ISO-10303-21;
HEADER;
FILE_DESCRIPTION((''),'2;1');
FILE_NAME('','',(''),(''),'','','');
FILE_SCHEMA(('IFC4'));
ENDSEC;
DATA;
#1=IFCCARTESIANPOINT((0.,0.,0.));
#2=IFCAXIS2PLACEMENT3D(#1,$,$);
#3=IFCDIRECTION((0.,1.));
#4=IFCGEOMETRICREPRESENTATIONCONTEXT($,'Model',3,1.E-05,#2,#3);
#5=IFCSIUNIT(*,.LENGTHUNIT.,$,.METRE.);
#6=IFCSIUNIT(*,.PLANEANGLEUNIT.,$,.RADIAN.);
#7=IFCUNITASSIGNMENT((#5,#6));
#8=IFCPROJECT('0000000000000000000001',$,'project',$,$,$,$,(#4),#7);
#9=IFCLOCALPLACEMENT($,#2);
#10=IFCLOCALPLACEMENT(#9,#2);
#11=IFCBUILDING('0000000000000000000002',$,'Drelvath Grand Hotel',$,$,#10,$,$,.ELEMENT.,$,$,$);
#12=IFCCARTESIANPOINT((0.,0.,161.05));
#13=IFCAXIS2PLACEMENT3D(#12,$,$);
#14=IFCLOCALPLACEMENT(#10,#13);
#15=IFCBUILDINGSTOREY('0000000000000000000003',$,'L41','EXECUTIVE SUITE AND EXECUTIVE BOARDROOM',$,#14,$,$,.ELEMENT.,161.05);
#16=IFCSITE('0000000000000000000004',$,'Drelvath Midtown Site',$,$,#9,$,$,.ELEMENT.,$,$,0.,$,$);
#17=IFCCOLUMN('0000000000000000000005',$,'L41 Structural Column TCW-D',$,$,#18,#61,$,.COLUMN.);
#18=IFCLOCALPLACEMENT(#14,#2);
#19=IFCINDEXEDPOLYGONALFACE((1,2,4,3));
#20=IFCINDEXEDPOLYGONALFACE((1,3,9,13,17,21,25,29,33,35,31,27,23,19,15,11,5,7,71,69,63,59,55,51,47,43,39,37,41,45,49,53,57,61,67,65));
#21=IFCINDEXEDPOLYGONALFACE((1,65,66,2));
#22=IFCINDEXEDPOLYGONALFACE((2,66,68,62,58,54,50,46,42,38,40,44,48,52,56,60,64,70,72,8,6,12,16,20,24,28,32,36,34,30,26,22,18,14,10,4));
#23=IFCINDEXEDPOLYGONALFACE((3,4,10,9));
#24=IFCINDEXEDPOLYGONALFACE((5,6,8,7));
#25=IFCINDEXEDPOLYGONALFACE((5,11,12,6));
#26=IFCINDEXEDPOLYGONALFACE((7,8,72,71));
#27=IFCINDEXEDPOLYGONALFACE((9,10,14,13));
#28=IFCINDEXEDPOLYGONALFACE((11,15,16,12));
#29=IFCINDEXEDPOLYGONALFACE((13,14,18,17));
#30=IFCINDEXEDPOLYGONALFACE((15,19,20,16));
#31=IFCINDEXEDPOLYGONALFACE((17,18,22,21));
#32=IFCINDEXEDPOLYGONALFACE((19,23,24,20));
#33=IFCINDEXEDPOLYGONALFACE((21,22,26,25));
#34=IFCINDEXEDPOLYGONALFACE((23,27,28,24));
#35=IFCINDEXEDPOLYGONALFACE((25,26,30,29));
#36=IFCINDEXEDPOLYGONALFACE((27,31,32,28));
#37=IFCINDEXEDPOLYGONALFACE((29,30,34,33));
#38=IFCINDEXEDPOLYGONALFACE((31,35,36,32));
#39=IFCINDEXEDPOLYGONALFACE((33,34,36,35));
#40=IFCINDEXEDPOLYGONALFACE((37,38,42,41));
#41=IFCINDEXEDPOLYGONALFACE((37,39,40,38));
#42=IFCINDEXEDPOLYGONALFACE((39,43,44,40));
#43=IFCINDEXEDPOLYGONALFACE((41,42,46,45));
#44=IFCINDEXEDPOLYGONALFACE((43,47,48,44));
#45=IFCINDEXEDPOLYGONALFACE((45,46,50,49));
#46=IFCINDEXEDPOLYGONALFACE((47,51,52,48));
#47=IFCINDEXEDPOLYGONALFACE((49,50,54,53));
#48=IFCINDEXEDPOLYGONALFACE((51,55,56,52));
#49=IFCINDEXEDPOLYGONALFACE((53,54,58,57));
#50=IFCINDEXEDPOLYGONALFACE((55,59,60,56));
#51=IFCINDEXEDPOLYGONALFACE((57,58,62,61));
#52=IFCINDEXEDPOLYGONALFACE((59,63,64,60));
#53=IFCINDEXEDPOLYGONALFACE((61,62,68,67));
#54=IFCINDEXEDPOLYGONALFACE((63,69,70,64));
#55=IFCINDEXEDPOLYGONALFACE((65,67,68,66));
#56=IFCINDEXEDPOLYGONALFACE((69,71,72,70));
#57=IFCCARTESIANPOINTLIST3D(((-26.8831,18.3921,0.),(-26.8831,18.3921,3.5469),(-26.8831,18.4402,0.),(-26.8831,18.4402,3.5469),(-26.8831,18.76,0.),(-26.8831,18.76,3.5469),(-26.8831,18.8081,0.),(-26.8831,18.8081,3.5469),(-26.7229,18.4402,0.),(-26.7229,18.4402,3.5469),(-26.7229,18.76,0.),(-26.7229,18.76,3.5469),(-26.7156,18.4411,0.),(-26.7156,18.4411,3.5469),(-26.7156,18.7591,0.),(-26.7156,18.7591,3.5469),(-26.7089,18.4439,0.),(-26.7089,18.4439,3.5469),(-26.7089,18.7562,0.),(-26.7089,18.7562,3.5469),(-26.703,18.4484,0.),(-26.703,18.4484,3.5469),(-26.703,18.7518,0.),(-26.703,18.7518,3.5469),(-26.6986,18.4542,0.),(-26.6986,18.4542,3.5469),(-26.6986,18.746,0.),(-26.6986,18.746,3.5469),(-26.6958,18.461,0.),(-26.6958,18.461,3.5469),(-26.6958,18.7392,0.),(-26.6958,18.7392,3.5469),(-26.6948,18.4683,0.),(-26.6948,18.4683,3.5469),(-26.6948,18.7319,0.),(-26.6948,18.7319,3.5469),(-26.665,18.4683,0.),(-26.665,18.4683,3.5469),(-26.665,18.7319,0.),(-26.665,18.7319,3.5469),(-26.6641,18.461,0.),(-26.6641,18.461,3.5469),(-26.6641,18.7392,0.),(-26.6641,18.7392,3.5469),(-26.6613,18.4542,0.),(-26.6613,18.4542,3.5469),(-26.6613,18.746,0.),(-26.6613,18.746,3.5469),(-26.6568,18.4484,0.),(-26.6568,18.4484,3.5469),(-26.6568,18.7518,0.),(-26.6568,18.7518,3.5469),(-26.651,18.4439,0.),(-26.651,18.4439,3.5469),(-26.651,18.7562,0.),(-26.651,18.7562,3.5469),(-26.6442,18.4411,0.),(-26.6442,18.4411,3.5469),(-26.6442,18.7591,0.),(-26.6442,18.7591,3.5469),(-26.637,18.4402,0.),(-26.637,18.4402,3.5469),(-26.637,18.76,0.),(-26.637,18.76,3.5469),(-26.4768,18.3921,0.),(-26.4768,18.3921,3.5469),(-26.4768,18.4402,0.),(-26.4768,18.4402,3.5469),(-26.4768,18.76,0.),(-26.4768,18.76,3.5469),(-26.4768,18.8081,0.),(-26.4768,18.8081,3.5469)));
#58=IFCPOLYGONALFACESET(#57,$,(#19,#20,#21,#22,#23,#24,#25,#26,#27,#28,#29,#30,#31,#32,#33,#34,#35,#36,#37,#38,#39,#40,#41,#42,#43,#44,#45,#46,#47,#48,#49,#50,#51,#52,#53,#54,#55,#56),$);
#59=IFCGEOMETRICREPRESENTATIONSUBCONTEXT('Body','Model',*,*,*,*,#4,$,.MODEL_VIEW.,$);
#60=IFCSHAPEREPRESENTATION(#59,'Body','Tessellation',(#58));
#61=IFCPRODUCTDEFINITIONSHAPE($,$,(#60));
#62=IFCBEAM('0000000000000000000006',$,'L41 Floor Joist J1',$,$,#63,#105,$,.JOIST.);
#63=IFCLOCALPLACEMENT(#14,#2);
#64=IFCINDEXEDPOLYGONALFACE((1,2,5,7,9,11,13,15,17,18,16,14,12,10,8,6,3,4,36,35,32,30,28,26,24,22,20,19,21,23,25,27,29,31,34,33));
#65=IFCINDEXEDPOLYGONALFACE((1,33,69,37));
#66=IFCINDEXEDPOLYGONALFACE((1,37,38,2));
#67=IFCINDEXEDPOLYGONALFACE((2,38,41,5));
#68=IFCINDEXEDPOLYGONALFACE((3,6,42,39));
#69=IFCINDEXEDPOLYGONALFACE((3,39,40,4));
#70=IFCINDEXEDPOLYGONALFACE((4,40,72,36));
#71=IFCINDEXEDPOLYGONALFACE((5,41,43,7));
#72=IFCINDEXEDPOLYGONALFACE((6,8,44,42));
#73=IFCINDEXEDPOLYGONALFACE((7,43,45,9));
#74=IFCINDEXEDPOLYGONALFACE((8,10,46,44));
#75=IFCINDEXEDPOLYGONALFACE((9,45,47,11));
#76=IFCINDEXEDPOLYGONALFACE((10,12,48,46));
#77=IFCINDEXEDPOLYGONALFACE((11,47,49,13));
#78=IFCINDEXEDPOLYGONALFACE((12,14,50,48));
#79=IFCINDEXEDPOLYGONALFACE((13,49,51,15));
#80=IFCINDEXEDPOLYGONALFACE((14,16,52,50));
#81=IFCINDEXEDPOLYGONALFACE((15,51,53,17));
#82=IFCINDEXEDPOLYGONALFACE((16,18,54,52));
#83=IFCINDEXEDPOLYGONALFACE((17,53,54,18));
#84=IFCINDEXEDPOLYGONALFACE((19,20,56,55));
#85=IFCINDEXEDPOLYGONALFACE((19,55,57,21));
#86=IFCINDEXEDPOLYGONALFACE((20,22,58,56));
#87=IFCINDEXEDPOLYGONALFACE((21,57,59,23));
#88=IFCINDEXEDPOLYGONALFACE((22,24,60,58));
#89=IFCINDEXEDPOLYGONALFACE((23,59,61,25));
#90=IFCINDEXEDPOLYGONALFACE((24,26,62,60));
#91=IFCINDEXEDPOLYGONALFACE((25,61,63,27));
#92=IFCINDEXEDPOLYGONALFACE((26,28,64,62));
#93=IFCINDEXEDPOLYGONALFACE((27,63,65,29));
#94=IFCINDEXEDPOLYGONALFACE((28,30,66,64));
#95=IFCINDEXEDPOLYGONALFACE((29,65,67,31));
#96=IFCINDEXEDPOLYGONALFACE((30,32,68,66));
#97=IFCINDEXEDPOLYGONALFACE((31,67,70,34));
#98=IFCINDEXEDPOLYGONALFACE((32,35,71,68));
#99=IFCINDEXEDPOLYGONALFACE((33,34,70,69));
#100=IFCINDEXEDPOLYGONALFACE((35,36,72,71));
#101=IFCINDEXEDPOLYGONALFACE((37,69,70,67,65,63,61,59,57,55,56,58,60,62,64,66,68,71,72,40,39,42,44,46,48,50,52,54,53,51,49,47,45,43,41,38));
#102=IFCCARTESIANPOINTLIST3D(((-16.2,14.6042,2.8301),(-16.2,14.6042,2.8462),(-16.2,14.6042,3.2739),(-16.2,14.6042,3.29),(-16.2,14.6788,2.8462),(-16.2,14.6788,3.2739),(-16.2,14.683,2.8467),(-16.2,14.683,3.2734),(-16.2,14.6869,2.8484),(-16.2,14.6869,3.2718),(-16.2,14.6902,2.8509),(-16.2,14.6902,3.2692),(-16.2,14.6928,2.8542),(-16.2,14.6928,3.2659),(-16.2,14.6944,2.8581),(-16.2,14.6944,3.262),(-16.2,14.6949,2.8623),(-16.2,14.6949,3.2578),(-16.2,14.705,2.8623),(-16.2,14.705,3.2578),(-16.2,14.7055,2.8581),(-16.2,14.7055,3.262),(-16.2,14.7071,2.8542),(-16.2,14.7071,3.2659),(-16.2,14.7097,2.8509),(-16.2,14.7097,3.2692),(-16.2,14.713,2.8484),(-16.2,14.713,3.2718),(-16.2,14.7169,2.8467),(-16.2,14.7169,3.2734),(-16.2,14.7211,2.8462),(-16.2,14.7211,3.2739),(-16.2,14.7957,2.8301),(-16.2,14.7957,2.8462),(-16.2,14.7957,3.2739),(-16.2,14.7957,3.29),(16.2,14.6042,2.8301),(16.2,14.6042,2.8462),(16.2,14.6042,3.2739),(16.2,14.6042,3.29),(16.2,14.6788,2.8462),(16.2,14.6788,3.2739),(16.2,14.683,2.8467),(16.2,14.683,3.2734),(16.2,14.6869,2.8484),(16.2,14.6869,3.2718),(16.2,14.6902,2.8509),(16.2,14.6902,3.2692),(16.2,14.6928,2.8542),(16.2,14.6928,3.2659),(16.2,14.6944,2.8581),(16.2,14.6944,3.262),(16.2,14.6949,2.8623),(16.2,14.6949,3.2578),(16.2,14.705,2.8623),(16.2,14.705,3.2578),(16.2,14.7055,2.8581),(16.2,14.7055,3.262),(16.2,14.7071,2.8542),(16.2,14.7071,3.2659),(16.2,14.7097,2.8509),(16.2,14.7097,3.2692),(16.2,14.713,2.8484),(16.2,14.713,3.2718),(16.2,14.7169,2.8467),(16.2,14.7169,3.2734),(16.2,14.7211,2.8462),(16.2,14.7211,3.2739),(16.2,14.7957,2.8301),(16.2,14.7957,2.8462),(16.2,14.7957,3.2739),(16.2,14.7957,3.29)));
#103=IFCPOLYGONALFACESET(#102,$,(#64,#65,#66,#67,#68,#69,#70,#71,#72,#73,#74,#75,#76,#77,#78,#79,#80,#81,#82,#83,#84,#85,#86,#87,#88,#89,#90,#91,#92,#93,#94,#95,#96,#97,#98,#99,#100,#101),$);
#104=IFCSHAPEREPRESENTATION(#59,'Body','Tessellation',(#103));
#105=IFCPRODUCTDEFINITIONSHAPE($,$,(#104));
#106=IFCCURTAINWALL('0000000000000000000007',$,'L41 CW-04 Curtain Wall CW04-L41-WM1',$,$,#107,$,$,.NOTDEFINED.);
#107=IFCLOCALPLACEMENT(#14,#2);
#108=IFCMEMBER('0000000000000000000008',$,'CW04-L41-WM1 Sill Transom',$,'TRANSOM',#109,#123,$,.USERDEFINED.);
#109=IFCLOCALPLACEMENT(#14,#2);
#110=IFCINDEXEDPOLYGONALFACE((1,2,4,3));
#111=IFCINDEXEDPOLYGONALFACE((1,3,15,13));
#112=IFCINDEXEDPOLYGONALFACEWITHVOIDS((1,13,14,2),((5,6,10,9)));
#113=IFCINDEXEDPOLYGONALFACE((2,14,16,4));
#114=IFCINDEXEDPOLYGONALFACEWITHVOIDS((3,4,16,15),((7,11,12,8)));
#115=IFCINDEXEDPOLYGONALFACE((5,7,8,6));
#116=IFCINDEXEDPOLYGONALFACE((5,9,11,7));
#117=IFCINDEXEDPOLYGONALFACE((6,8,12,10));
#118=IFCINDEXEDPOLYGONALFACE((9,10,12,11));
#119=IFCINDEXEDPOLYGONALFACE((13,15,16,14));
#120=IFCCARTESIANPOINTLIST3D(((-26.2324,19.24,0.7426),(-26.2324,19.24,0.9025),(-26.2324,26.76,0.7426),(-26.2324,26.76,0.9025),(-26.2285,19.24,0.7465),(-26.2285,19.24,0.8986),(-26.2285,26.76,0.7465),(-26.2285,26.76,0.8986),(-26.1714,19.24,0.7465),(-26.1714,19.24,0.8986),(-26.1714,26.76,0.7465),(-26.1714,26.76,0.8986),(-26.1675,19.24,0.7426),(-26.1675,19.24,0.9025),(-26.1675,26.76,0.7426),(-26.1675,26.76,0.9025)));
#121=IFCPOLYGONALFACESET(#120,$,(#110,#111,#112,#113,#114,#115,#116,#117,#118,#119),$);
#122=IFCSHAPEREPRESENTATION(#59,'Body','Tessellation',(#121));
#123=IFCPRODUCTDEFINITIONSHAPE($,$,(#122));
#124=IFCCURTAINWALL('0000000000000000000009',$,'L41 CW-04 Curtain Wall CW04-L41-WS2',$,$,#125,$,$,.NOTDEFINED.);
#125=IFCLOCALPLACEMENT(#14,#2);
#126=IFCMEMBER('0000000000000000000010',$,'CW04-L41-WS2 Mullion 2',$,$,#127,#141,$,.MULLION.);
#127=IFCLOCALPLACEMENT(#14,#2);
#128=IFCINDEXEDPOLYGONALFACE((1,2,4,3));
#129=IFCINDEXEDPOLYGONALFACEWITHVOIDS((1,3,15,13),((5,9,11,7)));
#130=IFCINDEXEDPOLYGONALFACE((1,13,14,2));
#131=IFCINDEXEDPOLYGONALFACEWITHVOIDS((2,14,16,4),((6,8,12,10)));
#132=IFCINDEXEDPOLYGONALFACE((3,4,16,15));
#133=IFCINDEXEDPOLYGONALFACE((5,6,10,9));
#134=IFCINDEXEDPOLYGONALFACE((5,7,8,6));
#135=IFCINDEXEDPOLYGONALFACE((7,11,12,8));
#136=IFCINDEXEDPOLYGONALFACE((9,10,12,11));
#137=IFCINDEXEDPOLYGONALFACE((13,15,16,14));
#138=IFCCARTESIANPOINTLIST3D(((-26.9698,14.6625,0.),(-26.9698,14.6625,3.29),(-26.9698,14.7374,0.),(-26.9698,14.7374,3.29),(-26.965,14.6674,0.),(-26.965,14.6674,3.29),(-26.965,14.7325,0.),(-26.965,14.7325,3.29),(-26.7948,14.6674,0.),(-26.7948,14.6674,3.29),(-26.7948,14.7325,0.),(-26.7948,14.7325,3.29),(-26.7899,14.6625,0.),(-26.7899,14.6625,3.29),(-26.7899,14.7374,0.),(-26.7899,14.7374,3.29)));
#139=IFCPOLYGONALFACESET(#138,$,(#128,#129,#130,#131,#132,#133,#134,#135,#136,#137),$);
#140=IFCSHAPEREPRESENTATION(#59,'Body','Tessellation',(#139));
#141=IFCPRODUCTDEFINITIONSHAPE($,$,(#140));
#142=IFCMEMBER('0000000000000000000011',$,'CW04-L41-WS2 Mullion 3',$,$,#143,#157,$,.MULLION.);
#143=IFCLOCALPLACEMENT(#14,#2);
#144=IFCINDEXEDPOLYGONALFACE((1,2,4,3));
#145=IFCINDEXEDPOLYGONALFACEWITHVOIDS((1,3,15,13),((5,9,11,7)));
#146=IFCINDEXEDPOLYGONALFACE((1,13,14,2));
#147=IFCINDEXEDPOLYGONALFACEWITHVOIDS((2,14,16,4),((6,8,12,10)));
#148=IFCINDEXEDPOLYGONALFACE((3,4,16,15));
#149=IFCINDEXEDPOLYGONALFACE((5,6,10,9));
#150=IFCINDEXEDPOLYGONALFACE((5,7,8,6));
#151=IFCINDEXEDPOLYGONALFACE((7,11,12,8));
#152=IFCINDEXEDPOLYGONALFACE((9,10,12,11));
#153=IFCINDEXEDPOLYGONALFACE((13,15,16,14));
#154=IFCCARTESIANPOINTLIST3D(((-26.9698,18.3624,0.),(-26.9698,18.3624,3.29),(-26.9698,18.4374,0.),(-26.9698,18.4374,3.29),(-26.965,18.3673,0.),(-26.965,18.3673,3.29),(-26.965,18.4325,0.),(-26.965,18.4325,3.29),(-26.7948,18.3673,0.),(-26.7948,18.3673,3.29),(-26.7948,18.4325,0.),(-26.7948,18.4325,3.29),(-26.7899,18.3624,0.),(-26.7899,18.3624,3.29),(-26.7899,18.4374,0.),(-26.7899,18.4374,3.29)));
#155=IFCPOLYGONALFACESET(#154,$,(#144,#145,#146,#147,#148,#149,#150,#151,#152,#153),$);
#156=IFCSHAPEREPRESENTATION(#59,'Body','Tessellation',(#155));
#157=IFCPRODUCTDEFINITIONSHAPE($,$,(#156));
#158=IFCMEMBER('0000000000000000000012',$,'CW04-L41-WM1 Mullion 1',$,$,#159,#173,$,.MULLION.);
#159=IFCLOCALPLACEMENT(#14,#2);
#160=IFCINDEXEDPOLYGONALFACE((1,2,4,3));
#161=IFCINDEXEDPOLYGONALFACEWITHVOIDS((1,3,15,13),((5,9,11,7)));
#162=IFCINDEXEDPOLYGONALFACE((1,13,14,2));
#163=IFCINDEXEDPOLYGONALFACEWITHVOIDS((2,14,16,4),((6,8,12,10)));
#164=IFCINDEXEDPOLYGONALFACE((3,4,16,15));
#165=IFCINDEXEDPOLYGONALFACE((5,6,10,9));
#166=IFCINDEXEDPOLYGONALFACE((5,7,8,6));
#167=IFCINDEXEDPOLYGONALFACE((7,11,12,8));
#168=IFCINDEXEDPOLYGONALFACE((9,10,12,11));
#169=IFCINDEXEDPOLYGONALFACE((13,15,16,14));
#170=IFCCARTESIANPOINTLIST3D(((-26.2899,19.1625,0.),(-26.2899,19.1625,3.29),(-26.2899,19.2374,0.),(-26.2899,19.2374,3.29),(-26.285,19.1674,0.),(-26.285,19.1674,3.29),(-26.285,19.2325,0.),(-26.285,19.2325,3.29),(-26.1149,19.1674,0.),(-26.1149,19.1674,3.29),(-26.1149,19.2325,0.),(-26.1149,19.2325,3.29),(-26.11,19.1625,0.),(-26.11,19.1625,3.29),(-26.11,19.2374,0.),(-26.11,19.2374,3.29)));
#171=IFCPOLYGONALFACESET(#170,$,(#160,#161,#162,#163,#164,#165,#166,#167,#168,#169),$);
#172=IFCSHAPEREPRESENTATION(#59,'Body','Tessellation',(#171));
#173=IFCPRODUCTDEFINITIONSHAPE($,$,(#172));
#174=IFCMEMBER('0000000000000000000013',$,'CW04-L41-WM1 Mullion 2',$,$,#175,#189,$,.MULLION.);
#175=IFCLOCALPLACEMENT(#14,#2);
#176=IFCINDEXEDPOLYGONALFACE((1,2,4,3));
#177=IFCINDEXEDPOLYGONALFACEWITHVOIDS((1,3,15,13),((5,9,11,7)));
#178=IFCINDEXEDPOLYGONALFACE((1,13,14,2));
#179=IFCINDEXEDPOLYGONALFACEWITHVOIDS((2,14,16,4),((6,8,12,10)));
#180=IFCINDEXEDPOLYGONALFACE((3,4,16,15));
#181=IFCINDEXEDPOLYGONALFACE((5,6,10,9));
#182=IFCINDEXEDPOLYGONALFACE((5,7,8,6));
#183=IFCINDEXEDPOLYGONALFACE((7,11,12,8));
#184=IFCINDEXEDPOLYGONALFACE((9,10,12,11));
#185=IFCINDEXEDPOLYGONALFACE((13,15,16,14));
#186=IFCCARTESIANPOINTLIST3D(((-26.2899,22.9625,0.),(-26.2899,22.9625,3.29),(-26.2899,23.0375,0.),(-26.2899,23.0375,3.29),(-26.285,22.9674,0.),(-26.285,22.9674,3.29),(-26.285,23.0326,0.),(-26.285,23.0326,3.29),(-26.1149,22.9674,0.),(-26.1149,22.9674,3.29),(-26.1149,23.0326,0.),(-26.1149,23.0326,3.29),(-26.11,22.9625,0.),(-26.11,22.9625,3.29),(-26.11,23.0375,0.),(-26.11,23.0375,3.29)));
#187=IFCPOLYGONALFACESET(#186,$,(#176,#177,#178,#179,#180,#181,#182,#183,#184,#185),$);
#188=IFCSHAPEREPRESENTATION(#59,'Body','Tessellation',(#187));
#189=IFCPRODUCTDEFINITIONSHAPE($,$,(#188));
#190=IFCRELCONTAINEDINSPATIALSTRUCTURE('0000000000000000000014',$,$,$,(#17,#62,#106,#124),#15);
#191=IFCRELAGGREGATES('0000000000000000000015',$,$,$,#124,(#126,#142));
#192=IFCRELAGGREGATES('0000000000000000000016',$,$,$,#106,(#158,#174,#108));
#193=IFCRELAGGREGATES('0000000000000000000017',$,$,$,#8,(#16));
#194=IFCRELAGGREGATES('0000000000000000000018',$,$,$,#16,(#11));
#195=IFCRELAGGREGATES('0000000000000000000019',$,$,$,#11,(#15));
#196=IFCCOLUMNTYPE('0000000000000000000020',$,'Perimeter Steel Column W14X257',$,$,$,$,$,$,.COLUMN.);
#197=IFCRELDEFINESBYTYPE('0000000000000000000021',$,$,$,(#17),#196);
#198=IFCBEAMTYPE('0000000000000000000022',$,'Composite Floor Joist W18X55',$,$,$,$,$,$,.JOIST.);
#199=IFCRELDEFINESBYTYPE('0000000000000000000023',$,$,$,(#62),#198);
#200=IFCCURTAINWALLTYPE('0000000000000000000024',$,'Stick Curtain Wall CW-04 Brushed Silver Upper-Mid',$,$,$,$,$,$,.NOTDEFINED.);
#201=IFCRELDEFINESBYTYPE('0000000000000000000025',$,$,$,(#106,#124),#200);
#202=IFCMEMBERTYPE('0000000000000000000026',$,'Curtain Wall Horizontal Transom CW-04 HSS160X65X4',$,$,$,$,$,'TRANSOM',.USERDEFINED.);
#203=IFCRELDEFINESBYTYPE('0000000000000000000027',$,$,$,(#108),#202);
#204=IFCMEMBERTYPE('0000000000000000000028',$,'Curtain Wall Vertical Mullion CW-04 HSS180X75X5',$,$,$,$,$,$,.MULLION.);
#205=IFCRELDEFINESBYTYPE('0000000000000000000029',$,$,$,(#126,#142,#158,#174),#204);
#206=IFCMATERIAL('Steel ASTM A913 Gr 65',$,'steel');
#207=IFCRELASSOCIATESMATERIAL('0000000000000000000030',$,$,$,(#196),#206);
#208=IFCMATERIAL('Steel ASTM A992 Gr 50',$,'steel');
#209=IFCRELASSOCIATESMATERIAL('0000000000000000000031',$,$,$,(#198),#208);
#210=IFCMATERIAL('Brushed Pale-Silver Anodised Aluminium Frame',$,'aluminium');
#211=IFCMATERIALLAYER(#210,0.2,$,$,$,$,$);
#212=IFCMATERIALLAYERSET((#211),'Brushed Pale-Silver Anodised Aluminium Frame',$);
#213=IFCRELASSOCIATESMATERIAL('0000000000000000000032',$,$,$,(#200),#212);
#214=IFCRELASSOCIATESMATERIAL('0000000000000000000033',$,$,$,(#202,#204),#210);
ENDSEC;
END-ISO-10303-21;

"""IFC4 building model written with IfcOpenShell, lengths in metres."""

from ifc_helpers import new_model, si_unit, direction, frame, origin, origin_2d, place, context, subcontext, project, spatial, hollow_rectangle, i_section, extrude, material, layer, layer_set, material_profile, profile_set, type_object, element, aggregate, save


model = new_model("IFC4")

# Units and contexts
model_context = context("Model", 3, precision=1e-05, world=origin(), true_north=direction((0.0, 1.0)))
body_context = subcontext(model_context, "Body", "Model", "MODEL_VIEW")
ifc_project = project(units=[si_unit("LENGTHUNIT", "METRE"), si_unit("PLANEANGLEUNIT", "RADIAN")], contexts=[model_context])

# Site, building, storey
site_placement = place(None, origin())
site = spatial("IfcSite", under=ifc_project, at=site_placement, Name="Drelvath Midtown Site", CompositionType="ELEMENT", RefElevation=0.0)
building_placement = place(site_placement, origin())
building = spatial("IfcBuilding", under=site, at=building_placement, Name="Drelvath Grand Hotel", CompositionType="ELEMENT")
storey_placement = place(building_placement, frame((0.0, 0.0, 161.05)))
storey = spatial("IfcBuildingStorey", under=building, at=storey_placement, Name="L41", Description="EXECUTIVE SUITE AND EXECUTIVE BOARDROOM", CompositionType="ELEMENT", Elevation=161.05)

# Column
ifc_material_1 = material(Name="Steel ASTM A913 Gr 65", Category="steel")
ifc_material_profile_1 = material_profile(ifc_material_1, i_section(OverallWidth=0.4062, OverallDepth=0.416, WebThickness=0.0298, FlangeThickness=0.0481, FilletRadius=0.0281, at=origin_2d()), Name="W14X257")
ifc_profile_set_1 = profile_set([ifc_material_profile_1], Name="Steel ASTM A913 Gr 65")
column_type = type_object("IfcColumnType", Name="Perimeter Steel Column W14X257", PredefinedType="COLUMN", material=ifc_profile_set_1)
column_placement = place(storey_placement, frame((-26.6799, 18.6001, 0.0), z_axis=(0.0, 0.0, 1.0), x_axis=(1.0, 0.0, 0.0)))
element("IfcColumn", 1, at=column_placement, inside=storey, type_object=column_type, Name="L41 Structural Column TCW-D", PredefinedType="COLUMN", context=body_context, shape_type="SweptSolid", body=[
    extrude(i_section(OverallWidth=0.4062, OverallDepth=0.416, WebThickness=0.0298, FlangeThickness=0.0481, FilletRadius=0.0281, at=origin_2d()), origin(), (0.0, 0.0, 1.0), 3.5469),
])

# Beam
ifc_material_2 = material(Name="Steel ASTM A992 Gr 50", Category="steel")
ifc_material_profile_2 = material_profile(ifc_material_2, i_section(OverallWidth=0.1914, OverallDepth=0.46, WebThickness=0.01, FlangeThickness=0.0161, FilletRadius=0.0161, at=origin_2d()), Name="W18X55")
ifc_profile_set_2 = profile_set([ifc_material_profile_2], Name="Steel ASTM A992 Gr 50")
beam_type_1 = type_object("IfcBeamType", Name="Composite Floor Joist W18X55", PredefinedType="JOIST", material=ifc_profile_set_2)
beam_1_placement = place(storey_placement, frame((-16.2, 14.7, 3.0601), z_axis=(1.0, 0.0, 0.0), x_axis=(0.0, 1.0, 0.0)))
element("IfcBeam", 2, at=beam_1_placement, inside=storey, type_object=beam_type_1, Name="L41 Floor Joist J1", PredefinedType="JOIST", context=body_context, shape_type="SweptSolid", body=[
    extrude(i_section(OverallWidth=0.1914, OverallDepth=0.46, WebThickness=0.01, FlangeThickness=0.0161, FilletRadius=0.0161, at=origin_2d()), origin(), (0.0, 0.0, 1.0), 32.3999),
])

# Curtain wall, member
ifc_material_3 = material(Name="Brushed Pale-Silver Anodised Aluminium Frame", Category="aluminium")
ifc_layer_1 = layer(ifc_material_3, 0.2)
ifc_layer_set_1 = layer_set([ifc_layer_1], Name="Brushed Pale-Silver Anodised Aluminium Frame")
curtain_wall_type = type_object("IfcCurtainWallType", Name="Stick Curtain Wall CW-04 Brushed Silver Upper-Mid", PredefinedType="NOTDEFINED", material=ifc_layer_set_1)
curtain_wall_1_placement = place(storey_placement, origin())
curtain_wall_1 = element("IfcCurtainWall", 3, at=curtain_wall_1_placement, inside=storey, type_object=curtain_wall_type, Name="L41 CW-04 Curtain Wall CW04-L41-WM1", PredefinedType="NOTDEFINED")
ifc_material_profile_3 = material_profile(ifc_material_3, hollow_rectangle(XDim=0.0649, YDim=0.1599, WallThickness=0.0039, at=origin_2d()), Name="HSS160X65X4")
ifc_profile_set_3 = profile_set([ifc_material_profile_3], Name="Brushed Pale-Silver Anodised Aluminium Frame")
member_type_1 = type_object("IfcMemberType", Name="Curtain Wall Horizontal Transom CW-04 HSS160X65X4", ElementType="TRANSOM", PredefinedType="USERDEFINED", material=ifc_profile_set_3)
member_1_placement = place(storey_placement, frame((-26.2, 19.24, 0.8225), z_axis=(0.0, 1.0, 0.0), x_axis=(-1.0, 0.0, 0.0)))
member_1 = element("IfcMember", 4, at=member_1_placement, type_object=member_type_1, Name="CW04-L41-WM1 Sill Transom", ObjectType="TRANSOM", PredefinedType="USERDEFINED", context=body_context, shape_type="SweptSolid", body=[
    extrude(hollow_rectangle(XDim=0.0649, YDim=0.1599, WallThickness=0.0039, at=origin_2d()), origin(), (0.0, 0.0, 1.0), 7.52),
])

# Curtain wall, members
curtain_wall_2_placement = place(storey_placement, origin())
curtain_wall_2 = element("IfcCurtainWall", 5, at=curtain_wall_2_placement, inside=storey, type_object=curtain_wall_type, Name="L41 CW-04 Curtain Wall CW04-L41-WS2", PredefinedType="NOTDEFINED")
ifc_material_profile_4 = material_profile(ifc_material_3, hollow_rectangle(XDim=0.075, YDim=0.1799, WallThickness=0.0049, at=origin_2d()), Name="HSS180X75X5")
ifc_profile_set_4 = profile_set([ifc_material_profile_4], Name="Brushed Pale-Silver Anodised Aluminium Frame")
member_type_2 = type_object("IfcMemberType", Name="Curtain Wall Vertical Mullion CW-04 HSS180X75X5", PredefinedType="MULLION", material=ifc_profile_set_4)
member_2_placement = place(storey_placement, frame((-26.8799, 14.7, 0.0), z_axis=(0.0, 0.0, 1.0), x_axis=(0.0, 1.0, 0.0)))
member_2 = element("IfcMember", 6, at=member_2_placement, type_object=member_type_2, Name="CW04-L41-WS2 Mullion 2", PredefinedType="MULLION", context=body_context, shape_type="SweptSolid", body=[
    extrude(hollow_rectangle(XDim=0.075, YDim=0.1799, WallThickness=0.0049, at=origin_2d()), origin(), (0.0, 0.0, 1.0), 3.29),
])
member_3_placement = place(storey_placement, frame((-26.8799, 18.3999, 0.0), z_axis=(0.0, 0.0, 1.0), x_axis=(0.0, 1.0, 0.0)))
member_3 = element("IfcMember", 7, at=member_3_placement, type_object=member_type_2, Name="CW04-L41-WS2 Mullion 3", PredefinedType="MULLION", context=body_context, shape_type="SweptSolid", body=[
    extrude(hollow_rectangle(XDim=0.075, YDim=0.1799, WallThickness=0.0049, at=origin_2d()), origin(), (0.0, 0.0, 1.0), 3.29),
])

# Members
member_4_placement = place(storey_placement, frame((-26.2, 19.2, 0.0), z_axis=(0.0, 0.0, 1.0), x_axis=(0.0, 1.0, 0.0)))
member_4 = element("IfcMember", 8, at=member_4_placement, type_object=member_type_2, Name="CW04-L41-WM1 Mullion 1", PredefinedType="MULLION", context=body_context, shape_type="SweptSolid", body=[
    extrude(hollow_rectangle(XDim=0.075, YDim=0.1799, WallThickness=0.0049, at=origin_2d()), origin(), (0.0, 0.0, 1.0), 3.29),
])
member_5_placement = place(storey_placement, frame((-26.2, 23.0, 0.0), z_axis=(0.0, 0.0, 1.0), x_axis=(0.0, 1.0, 0.0)))
member_5 = element("IfcMember", 9, at=member_5_placement, type_object=member_type_2, Name="CW04-L41-WM1 Mullion 2", PredefinedType="MULLION", context=body_context, shape_type="SweptSolid", body=[
    extrude(hollow_rectangle(XDim=0.075, YDim=0.1799, WallThickness=0.0049, at=origin_2d()), origin(), (0.0, 0.0, 1.0), 3.29),
])

aggregate(curtain_wall_2, [member_2, member_3])
aggregate(curtain_wall_1, [member_4, member_5, member_1])

save(model, "model.ifc")
